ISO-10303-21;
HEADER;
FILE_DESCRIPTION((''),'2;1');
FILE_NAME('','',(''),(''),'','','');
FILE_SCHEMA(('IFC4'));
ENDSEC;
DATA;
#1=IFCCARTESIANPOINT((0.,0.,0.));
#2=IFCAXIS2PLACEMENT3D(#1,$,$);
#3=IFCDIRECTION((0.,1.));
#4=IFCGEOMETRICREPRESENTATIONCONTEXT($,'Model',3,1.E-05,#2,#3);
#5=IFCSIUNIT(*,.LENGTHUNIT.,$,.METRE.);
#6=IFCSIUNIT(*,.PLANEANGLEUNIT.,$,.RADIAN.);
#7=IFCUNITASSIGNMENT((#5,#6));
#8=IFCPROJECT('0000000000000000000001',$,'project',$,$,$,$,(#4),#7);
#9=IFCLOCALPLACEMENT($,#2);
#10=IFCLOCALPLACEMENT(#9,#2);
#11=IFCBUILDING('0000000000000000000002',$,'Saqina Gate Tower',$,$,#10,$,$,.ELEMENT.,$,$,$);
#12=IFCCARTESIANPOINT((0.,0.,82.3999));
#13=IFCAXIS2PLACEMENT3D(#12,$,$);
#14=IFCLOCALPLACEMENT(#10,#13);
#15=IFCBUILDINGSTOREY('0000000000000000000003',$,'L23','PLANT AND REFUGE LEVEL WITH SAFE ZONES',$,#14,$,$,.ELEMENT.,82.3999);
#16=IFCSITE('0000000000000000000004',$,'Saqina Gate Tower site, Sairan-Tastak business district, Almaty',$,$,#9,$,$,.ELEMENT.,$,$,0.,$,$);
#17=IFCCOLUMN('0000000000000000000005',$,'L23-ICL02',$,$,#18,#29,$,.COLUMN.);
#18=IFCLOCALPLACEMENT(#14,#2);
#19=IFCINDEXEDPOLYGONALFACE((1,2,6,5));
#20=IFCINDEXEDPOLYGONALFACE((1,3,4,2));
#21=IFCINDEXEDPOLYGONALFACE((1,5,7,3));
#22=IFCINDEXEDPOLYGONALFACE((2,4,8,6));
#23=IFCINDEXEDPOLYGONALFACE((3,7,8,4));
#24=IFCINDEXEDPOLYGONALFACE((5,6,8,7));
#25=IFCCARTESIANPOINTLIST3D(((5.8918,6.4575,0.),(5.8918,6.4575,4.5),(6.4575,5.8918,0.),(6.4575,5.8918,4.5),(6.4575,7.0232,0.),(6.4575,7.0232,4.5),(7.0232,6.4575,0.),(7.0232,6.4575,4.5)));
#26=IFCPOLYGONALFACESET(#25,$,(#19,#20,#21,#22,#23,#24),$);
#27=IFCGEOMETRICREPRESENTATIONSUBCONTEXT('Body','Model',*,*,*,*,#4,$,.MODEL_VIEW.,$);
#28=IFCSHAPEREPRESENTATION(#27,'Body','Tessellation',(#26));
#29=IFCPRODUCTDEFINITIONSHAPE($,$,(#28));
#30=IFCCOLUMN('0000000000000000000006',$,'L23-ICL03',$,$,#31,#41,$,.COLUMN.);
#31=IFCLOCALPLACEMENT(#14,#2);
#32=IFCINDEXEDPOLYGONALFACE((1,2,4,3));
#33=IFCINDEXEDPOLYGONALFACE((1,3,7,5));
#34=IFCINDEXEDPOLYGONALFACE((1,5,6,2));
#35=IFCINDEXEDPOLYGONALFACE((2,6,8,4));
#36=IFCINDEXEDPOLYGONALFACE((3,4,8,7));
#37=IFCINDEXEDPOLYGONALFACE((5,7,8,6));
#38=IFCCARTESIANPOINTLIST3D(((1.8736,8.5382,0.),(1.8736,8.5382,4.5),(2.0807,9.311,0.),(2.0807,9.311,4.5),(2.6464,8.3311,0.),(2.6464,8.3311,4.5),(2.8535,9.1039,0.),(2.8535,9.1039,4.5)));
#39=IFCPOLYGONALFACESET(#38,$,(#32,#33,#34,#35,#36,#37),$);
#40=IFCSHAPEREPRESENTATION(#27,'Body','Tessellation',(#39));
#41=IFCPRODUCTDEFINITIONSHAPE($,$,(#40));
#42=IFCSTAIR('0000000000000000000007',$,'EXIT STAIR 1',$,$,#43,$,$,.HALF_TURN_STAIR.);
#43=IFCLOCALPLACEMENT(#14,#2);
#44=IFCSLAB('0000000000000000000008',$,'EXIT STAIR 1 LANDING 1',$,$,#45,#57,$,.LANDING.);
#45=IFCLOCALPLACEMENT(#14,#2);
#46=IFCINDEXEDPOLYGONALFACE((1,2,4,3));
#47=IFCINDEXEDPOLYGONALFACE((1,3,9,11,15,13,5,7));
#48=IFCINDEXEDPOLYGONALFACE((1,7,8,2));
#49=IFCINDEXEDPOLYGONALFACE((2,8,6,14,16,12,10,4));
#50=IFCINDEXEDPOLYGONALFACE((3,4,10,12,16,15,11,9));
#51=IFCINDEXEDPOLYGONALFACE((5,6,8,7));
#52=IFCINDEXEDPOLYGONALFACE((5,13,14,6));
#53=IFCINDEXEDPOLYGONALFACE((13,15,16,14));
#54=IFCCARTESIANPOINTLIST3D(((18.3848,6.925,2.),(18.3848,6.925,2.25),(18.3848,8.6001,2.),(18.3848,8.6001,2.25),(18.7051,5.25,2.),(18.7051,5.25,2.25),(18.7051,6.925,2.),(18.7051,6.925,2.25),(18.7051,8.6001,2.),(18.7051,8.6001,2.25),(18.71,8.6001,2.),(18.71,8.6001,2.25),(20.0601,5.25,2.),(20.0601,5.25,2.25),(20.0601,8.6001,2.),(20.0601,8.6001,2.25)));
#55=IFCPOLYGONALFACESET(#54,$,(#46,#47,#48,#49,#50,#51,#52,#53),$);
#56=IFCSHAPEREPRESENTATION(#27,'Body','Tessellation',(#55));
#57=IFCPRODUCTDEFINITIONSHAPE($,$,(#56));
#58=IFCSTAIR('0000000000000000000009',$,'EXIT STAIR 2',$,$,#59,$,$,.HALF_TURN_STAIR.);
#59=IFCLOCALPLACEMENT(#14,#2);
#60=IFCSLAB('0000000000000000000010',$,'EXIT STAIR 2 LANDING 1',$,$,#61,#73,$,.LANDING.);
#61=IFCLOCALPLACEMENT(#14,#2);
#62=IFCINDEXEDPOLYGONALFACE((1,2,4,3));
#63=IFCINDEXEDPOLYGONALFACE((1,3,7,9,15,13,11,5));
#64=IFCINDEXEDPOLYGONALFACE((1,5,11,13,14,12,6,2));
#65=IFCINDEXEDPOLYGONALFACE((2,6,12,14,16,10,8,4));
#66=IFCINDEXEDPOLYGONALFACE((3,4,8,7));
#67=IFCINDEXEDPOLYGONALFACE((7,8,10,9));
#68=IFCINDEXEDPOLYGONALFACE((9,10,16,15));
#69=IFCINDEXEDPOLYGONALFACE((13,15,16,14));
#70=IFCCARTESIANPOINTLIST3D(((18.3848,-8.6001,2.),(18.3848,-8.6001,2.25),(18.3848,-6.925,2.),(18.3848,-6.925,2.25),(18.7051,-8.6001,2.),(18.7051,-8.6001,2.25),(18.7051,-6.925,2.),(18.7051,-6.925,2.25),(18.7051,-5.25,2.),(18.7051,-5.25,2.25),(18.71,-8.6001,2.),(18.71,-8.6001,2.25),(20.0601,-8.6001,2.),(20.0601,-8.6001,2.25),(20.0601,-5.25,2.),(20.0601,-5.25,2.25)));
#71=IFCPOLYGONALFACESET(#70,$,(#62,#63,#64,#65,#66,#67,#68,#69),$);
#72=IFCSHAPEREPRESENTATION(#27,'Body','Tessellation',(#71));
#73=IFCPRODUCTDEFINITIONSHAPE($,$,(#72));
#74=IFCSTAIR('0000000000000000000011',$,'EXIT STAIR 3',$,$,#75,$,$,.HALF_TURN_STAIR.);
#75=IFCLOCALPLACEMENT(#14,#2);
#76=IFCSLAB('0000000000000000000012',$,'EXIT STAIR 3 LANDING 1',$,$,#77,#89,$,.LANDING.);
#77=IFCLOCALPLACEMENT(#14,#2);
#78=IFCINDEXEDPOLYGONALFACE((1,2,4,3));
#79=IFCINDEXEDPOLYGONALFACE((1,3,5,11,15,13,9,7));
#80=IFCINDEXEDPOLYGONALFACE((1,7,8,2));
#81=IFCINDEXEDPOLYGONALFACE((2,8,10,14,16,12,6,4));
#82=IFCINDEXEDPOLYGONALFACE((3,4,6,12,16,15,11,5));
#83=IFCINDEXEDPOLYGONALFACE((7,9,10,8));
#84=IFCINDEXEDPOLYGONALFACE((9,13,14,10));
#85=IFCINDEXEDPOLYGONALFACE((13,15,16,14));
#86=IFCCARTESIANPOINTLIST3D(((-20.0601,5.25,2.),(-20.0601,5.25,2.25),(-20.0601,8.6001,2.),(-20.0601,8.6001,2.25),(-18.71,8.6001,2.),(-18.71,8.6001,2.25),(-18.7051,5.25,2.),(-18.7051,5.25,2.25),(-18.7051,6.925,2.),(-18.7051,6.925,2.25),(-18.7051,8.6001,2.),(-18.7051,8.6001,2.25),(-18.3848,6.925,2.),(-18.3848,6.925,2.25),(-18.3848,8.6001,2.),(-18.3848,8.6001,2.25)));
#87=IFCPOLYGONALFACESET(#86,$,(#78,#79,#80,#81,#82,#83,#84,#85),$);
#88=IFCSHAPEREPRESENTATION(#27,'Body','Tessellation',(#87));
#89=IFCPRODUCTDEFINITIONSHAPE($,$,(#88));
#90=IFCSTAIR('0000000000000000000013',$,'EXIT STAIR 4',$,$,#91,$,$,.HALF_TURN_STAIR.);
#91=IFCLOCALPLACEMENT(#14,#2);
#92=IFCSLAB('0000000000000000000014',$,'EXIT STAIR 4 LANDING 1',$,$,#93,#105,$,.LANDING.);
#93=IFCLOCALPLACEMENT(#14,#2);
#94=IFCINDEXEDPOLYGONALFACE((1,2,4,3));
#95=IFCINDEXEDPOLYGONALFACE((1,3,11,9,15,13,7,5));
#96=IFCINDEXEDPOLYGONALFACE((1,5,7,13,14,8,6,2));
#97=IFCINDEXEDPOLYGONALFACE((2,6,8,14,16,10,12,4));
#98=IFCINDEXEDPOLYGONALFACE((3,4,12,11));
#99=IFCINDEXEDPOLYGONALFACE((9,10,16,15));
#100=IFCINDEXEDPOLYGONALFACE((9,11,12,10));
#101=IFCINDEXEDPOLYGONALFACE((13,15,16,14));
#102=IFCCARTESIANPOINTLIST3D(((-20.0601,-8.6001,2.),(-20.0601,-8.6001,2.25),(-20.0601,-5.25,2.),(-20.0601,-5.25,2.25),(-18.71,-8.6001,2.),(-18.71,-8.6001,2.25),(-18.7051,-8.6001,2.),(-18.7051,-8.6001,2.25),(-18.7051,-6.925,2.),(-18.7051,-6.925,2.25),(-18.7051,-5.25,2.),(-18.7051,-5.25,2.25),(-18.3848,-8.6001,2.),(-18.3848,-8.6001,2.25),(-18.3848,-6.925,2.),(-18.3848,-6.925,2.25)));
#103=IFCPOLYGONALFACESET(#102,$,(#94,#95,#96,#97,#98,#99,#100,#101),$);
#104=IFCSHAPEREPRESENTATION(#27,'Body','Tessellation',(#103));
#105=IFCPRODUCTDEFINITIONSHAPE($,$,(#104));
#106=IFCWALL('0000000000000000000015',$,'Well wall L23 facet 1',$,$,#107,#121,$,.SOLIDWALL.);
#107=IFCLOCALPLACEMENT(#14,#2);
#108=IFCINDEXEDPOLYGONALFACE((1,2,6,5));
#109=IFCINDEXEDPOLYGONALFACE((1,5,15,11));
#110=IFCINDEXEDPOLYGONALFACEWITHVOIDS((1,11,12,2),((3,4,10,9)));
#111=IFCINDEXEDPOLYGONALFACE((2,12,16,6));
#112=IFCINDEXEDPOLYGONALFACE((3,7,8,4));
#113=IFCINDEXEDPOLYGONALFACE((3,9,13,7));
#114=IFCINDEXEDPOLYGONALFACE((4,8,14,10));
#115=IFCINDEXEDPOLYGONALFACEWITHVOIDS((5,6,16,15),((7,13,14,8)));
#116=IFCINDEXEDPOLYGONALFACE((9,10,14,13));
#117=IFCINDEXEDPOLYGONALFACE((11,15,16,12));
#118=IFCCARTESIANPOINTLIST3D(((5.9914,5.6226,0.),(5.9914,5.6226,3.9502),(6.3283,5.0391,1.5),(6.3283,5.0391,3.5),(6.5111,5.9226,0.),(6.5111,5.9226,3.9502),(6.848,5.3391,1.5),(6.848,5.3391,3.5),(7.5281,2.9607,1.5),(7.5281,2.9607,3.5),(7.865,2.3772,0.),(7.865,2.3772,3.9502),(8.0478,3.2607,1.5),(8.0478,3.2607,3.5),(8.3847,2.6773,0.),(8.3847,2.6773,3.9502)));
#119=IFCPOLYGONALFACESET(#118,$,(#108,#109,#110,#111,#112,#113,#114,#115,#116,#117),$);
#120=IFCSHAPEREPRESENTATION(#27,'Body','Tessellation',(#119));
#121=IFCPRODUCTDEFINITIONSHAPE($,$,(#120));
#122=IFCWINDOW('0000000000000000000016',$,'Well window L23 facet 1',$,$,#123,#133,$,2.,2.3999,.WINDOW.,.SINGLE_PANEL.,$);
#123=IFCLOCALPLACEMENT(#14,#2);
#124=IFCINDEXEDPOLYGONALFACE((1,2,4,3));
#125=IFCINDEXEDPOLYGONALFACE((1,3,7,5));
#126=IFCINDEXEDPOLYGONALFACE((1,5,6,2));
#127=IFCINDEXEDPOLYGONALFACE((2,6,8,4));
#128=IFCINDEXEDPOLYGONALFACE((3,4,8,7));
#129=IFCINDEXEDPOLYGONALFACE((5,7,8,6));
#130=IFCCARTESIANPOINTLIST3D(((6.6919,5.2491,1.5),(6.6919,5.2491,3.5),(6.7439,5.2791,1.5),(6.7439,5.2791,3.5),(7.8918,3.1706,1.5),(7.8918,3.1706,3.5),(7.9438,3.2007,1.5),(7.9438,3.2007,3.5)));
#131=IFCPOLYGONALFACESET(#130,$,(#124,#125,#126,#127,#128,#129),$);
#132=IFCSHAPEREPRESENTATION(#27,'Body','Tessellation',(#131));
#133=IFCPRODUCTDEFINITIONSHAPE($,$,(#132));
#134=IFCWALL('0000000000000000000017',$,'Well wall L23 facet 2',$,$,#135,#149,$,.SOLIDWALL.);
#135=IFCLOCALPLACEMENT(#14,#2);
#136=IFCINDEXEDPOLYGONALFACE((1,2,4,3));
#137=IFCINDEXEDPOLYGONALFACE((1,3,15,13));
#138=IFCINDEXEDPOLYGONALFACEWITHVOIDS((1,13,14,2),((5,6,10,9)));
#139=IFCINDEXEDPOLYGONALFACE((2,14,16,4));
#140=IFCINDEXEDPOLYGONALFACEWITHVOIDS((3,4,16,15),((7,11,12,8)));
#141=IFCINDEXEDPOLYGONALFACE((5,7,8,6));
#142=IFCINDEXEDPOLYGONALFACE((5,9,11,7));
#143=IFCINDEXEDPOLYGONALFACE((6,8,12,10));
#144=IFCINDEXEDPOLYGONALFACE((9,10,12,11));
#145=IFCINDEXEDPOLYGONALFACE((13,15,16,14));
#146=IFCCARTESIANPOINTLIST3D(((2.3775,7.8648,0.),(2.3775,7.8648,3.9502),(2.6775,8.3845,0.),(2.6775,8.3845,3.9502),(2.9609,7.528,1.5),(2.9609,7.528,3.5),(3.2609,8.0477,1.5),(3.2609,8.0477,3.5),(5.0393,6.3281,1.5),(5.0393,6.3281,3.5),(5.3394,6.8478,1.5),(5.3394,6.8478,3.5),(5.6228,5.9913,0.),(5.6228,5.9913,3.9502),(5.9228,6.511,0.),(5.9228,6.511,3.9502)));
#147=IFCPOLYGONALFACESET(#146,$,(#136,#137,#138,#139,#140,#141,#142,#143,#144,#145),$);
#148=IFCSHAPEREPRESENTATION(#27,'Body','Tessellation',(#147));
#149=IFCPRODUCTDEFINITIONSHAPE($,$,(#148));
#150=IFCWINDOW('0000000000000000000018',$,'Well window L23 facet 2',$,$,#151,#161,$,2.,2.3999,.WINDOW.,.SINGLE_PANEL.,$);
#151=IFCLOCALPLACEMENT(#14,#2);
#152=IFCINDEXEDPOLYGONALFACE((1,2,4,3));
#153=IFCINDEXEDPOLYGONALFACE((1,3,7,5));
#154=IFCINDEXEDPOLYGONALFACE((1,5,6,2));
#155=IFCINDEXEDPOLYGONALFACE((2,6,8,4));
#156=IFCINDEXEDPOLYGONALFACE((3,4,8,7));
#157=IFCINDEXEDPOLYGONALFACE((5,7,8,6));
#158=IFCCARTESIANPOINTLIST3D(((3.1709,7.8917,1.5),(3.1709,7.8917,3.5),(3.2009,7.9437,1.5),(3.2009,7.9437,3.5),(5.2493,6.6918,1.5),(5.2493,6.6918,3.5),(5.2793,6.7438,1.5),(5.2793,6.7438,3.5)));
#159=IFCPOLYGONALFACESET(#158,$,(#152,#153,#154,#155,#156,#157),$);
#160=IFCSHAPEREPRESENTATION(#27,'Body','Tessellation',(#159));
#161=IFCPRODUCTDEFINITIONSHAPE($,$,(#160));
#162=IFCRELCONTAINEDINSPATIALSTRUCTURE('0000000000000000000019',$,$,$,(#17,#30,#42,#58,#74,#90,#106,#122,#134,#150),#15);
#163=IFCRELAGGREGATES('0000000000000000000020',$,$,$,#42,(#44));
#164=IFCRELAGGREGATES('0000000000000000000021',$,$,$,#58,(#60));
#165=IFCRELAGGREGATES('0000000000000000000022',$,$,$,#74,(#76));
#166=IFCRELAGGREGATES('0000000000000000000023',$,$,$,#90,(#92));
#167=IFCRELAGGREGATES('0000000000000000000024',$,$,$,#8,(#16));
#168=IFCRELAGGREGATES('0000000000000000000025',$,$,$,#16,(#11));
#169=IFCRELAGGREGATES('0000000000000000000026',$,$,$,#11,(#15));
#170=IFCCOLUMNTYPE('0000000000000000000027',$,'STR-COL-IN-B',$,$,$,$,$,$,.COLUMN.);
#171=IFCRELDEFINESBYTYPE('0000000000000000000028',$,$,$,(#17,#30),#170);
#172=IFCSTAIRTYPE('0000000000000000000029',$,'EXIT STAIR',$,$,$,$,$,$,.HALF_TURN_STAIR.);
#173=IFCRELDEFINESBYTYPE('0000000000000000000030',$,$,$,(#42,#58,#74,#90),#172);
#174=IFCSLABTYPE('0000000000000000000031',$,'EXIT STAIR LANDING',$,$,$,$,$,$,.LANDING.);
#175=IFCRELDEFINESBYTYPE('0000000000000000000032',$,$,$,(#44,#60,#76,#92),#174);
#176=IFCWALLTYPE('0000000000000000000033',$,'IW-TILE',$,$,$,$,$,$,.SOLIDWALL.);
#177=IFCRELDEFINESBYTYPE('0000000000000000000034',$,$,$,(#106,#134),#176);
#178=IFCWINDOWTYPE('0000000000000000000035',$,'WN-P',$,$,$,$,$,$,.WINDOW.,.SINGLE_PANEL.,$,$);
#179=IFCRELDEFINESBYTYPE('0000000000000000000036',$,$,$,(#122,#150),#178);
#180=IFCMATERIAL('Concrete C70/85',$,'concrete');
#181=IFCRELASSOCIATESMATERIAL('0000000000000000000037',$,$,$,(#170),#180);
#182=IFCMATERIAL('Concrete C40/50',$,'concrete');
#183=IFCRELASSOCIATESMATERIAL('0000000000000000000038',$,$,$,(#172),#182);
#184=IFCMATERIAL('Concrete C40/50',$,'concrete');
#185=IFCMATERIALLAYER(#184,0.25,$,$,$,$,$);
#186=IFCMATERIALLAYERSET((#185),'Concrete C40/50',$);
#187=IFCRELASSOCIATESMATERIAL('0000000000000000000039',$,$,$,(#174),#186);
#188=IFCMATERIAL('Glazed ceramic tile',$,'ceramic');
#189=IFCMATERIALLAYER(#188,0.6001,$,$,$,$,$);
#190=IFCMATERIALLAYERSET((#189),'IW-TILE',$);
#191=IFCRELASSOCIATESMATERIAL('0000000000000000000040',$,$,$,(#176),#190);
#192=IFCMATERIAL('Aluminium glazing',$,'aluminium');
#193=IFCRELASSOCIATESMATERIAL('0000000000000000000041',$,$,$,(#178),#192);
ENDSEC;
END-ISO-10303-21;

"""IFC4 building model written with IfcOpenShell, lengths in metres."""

from ifc_helpers import new_model, si_unit, direction, frame, frame_2d, origin, origin_2d, place, context, subcontext, project, spatial, polyline, rectangle, outline, extrude, material, layer, layer_set, material_profile, profile_set, type_object, element, fill, aggregate, save


model = new_model("IFC4")

# Units and contexts
model_context = context("Model", 3, precision=1e-05, world=origin(), true_north=direction((0.0, 1.0)))
body_context = subcontext(model_context, "Body", "Model", "MODEL_VIEW")
ifc_project = project(units=[si_unit("LENGTHUNIT", "METRE"), si_unit("PLANEANGLEUNIT", "RADIAN")], contexts=[model_context])

# Site, building, storey
site_placement = place(None, origin())
site = spatial("IfcSite", under=ifc_project, at=site_placement, Name="Saqina Gate Tower site, Sairan-Tastak business district, Almaty", CompositionType="ELEMENT", RefElevation=0.0)
building_placement = place(site_placement, origin())
building = spatial("IfcBuilding", under=site, at=building_placement, Name="Saqina Gate Tower", CompositionType="ELEMENT")
storey_placement = place(building_placement, frame((0.0, 0.0, 82.3999)))
storey = spatial("IfcBuildingStorey", under=building, at=storey_placement, Name="L23", Description="PLANT AND REFUGE LEVEL WITH SAFE ZONES", CompositionType="ELEMENT", Elevation=82.3999)

# Columns
ifc_material_1 = material(Name="Concrete C70/85", Category="concrete")
ifc_material_profile = material_profile(ifc_material_1, rectangle(XDim=0.8, YDim=0.8, at=origin_2d()), Name="RC 800x800")
ifc_profile_set = profile_set([ifc_material_profile], Name="Concrete C70/85")
column_type = type_object("IfcColumnType", Name="STR-COL-IN-B", PredefinedType="COLUMN", material=ifc_profile_set)
for number, where, z_axis, x_axis, name in (
    (1, (6.4575, 6.4575, 0.0), (0.0, 0.0, 1.0), (0.707107, 0.707107, 0.0), "L23-ICL02"),
    (2, (2.3635, 8.821, 0.0), (0.0, 0.0, 1.0), (0.258819, 0.965926, 0.0), "L23-ICL03"),
):
    element("IfcColumn", number, at=place(storey_placement, frame(where, z_axis=z_axis, x_axis=x_axis)), inside=storey, type_object=column_type, Name=name, PredefinedType="COLUMN", context=body_context, shape_type="SweptSolid", body=[
        extrude(rectangle(XDim=0.8, YDim=0.8, at=origin_2d()), origin(), (0.0, 0.0, 1.0), 4.5),
    ])

# Stairs, slabs
ifc_material_2 = material(Name="Concrete C40/50", Category="concrete")
stair_type = type_object("IfcStairType", Name="EXIT STAIR", PredefinedType="HALF_TURN_STAIR", material=ifc_material_2)
stair_1_placement = place(storey_placement, origin())
stair_1 = element("IfcStair", 3, at=stair_1_placement, inside=storey, type_object=stair_type, Name="EXIT STAIR 1", PredefinedType="HALF_TURN_STAIR")
ifc_material_3 = material(Name="Concrete C40/50", Category="concrete")
ifc_layer_1 = layer(ifc_material_3, 0.25)
ifc_layer_set_1 = layer_set([ifc_layer_1], Name="Concrete C40/50")
slab_type = type_object("IfcSlabType", Name="EXIT STAIR LANDING", PredefinedType="LANDING", material=ifc_layer_set_1)
slab_1_placement = place(storey_placement, frame((0.0, 0.0, 2.0)))
slab_1 = element("IfcSlab", 4, at=slab_1_placement, type_object=slab_type, Name="EXIT STAIR 1 LANDING 1", PredefinedType="LANDING", context=body_context, shape_type="SweptSolid", body=[
    extrude(outline(polyline([(20.0601, 8.6001), (20.0601, 5.25), (18.7051, 5.25), (18.7051, 6.925), (18.3848, 6.925), (18.3848, 8.6001), (18.7051, 8.6001), (18.71, 8.6001), (20.0601, 8.6001)])), origin(), (0.0, 0.0, 1.0), 0.25),
])
aggregate(stair_1, [slab_1])
stair_2_placement = place(storey_placement, origin())
stair_2 = element("IfcStair", 5, at=stair_2_placement, inside=storey, type_object=stair_type, Name="EXIT STAIR 2", PredefinedType="HALF_TURN_STAIR")
slab_2_placement = place(storey_placement, frame((0.0, 0.0, 2.0)))
slab_2 = element("IfcSlab", 6, at=slab_2_placement, type_object=slab_type, Name="EXIT STAIR 2 LANDING 1", PredefinedType="LANDING", context=body_context, shape_type="SweptSolid", body=[
    extrude(outline(polyline([(18.3848, -8.6001), (18.3848, -6.925), (18.7051, -6.925), (18.7051, -5.25), (20.0601, -5.25), (20.0601, -8.6001), (18.71, -8.6001), (18.7051, -8.6001), (18.3848, -8.6001)])), origin(), (0.0, 0.0, 1.0), 0.25),
])
aggregate(stair_2, [slab_2])
stair_3_placement = place(storey_placement, origin())
stair_3 = element("IfcStair", 7, at=stair_3_placement, inside=storey, type_object=stair_type, Name="EXIT STAIR 3", PredefinedType="HALF_TURN_STAIR")
slab_3_placement = place(storey_placement, frame((0.0, 0.0, 2.0)))
slab_3 = element("IfcSlab", 8, at=slab_3_placement, type_object=slab_type, Name="EXIT STAIR 3 LANDING 1", PredefinedType="LANDING", context=body_context, shape_type="SweptSolid", body=[
    extrude(outline(polyline([(-18.7051, 5.25), (-20.0601, 5.25), (-20.0601, 8.6001), (-18.71, 8.6001), (-18.7051, 8.6001), (-18.3848, 8.6001), (-18.3848, 6.925), (-18.7051, 6.925), (-18.7051, 5.25)])), origin(), (0.0, 0.0, 1.0), 0.25),
])
aggregate(stair_3, [slab_3])
stair_4_placement = place(storey_placement, origin())
stair_4 = element("IfcStair", 9, at=stair_4_placement, inside=storey, type_object=stair_type, Name="EXIT STAIR 4", PredefinedType="HALF_TURN_STAIR")
slab_4_placement = place(storey_placement, frame((0.0, 0.0, 2.0)))
slab_4 = element("IfcSlab", 10, at=slab_4_placement, type_object=slab_type, Name="EXIT STAIR 4 LANDING 1", PredefinedType="LANDING", context=body_context, shape_type="SweptSolid", body=[
    extrude(outline(polyline([(-18.3848, -6.925), (-18.3848, -8.6001), (-18.7051, -8.6001), (-18.71, -8.6001), (-20.0601, -8.6001), (-20.0601, -5.25), (-18.7051, -5.25), (-18.7051, -6.925), (-18.3848, -6.925)])), origin(), (0.0, 0.0, 1.0), 0.25),
])
aggregate(stair_4, [slab_4])

# Walls, openings, windows
ifc_material_4 = material(Name="Glazed ceramic tile", Category="ceramic")
ifc_layer_2 = layer(ifc_material_4, 0.6001)
ifc_layer_set_2 = layer_set([ifc_layer_2], Name="IW-TILE")
wall_type_1 = type_object("IfcWallType", Name="IW-TILE", PredefinedType="SOLIDWALL", material=ifc_layer_set_2)
wall_1_placement = place(storey_placement, frame((8.1248, 2.5273, 0.0), z_axis=(0.0, 0.0, 1.0), x_axis=(-0.499965, 0.866046, 0.0)))
wall_1 = element("IfcWall", 11, at=wall_1_placement, inside=storey, type_object=wall_type_1, Name="Well wall L23 facet 1", PredefinedType="SOLIDWALL", context=body_context, shape_type="SweptSolid", body=[
    extrude(rectangle(XDim=3.7473, YDim=0.6001, at=frame_2d((1.8735, 0.0))), origin(), (0.0, 0.0, 1.0), 3.9502),
])
opening_1_placement = place(wall_1_placement, frame((0.6736, 0.0, 1.5)))
opening_1 = element("IfcOpeningElement", 12, at=opening_1_placement, cuts=wall_1, PredefinedType="OPENING", context=body_context, shape_type="SweptSolid", body=[
    extrude(rectangle(XDim=2.3999, YDim=2.0, at=frame_2d((1.2, 1.0))), frame((0.0, 0.312, 0.0), z_axis=(0.0, -1.0, 0.0), x_axis=(1.0, 0.0, 0.0)), (0.0, 0.0, 1.0), 0.624),
])
ifc_material_5 = material(Name="Aluminium glazing", Category="aluminium")
window_type = type_object("IfcWindowType", Name="WN-P", PartitioningType="SINGLE_PANEL", PredefinedType="WINDOW", material=ifc_material_5)
window_1_placement = place(opening_1_placement, origin())
window_1 = element("IfcWindow", 13, at=window_1_placement, inside=storey, type_object=window_type, Name="Well window L23 facet 1", OverallHeight=2.0, OverallWidth=2.3999, PartitioningType="SINGLE_PANEL", PredefinedType="WINDOW", context=body_context, shape_type="SweptSolid", body=[
    extrude(rectangle(XDim=2.3999, YDim=2.0, at=frame_2d((1.2, 1.0))), frame((0.0, -0.1199, 0.0), z_axis=(0.0, -1.0, 0.0), x_axis=(1.0, 0.0, 0.0)), (0.0, 0.0, 1.0), 0.0601),
])
fill(opening_1, window_1)
wall_2_placement = place(storey_placement, frame((5.7727, 6.2512, 0.0), z_axis=(0.0, 0.0, 1.0), x_axis=(-0.866046, 0.499965, 0.0)))
wall_2 = element("IfcWall", 14, at=wall_2_placement, inside=storey, type_object=wall_type_1, Name="Well wall L23 facet 2", PredefinedType="SOLIDWALL", context=body_context, shape_type="SweptSolid", body=[
    extrude(rectangle(XDim=3.7473, YDim=0.6001, at=frame_2d((1.8735, 0.0))), origin(), (0.0, 0.0, 1.0), 3.9502),
])
opening_2_placement = place(wall_2_placement, frame((0.6736, 0.0, 1.5)))
opening_2 = element("IfcOpeningElement", 15, at=opening_2_placement, cuts=wall_2, PredefinedType="OPENING", context=body_context, shape_type="SweptSolid", body=[
    extrude(rectangle(XDim=2.3999, YDim=2.0, at=frame_2d((1.2, 1.0))), frame((0.0, 0.312, 0.0), z_axis=(0.0, -1.0, 0.0), x_axis=(1.0, 0.0, 0.0)), (0.0, 0.0, 1.0), 0.624),
])
window_2_placement = place(opening_2_placement, origin())
window_2 = element("IfcWindow", 16, at=window_2_placement, inside=storey, type_object=window_type, Name="Well window L23 facet 2", OverallHeight=2.0, OverallWidth=2.3999, PartitioningType="SINGLE_PANEL", PredefinedType="WINDOW", context=body_context, shape_type="SweptSolid", body=[
    extrude(rectangle(XDim=2.3999, YDim=2.0, at=frame_2d((1.2, 1.0))), frame((0.0, -0.1199, 0.0), z_axis=(0.0, -1.0, 0.0), x_axis=(1.0, 0.0, 0.0)), (0.0, 0.0, 1.0), 0.0601),
])
fill(opening_2, window_2)

save(model, "model.ifc")
